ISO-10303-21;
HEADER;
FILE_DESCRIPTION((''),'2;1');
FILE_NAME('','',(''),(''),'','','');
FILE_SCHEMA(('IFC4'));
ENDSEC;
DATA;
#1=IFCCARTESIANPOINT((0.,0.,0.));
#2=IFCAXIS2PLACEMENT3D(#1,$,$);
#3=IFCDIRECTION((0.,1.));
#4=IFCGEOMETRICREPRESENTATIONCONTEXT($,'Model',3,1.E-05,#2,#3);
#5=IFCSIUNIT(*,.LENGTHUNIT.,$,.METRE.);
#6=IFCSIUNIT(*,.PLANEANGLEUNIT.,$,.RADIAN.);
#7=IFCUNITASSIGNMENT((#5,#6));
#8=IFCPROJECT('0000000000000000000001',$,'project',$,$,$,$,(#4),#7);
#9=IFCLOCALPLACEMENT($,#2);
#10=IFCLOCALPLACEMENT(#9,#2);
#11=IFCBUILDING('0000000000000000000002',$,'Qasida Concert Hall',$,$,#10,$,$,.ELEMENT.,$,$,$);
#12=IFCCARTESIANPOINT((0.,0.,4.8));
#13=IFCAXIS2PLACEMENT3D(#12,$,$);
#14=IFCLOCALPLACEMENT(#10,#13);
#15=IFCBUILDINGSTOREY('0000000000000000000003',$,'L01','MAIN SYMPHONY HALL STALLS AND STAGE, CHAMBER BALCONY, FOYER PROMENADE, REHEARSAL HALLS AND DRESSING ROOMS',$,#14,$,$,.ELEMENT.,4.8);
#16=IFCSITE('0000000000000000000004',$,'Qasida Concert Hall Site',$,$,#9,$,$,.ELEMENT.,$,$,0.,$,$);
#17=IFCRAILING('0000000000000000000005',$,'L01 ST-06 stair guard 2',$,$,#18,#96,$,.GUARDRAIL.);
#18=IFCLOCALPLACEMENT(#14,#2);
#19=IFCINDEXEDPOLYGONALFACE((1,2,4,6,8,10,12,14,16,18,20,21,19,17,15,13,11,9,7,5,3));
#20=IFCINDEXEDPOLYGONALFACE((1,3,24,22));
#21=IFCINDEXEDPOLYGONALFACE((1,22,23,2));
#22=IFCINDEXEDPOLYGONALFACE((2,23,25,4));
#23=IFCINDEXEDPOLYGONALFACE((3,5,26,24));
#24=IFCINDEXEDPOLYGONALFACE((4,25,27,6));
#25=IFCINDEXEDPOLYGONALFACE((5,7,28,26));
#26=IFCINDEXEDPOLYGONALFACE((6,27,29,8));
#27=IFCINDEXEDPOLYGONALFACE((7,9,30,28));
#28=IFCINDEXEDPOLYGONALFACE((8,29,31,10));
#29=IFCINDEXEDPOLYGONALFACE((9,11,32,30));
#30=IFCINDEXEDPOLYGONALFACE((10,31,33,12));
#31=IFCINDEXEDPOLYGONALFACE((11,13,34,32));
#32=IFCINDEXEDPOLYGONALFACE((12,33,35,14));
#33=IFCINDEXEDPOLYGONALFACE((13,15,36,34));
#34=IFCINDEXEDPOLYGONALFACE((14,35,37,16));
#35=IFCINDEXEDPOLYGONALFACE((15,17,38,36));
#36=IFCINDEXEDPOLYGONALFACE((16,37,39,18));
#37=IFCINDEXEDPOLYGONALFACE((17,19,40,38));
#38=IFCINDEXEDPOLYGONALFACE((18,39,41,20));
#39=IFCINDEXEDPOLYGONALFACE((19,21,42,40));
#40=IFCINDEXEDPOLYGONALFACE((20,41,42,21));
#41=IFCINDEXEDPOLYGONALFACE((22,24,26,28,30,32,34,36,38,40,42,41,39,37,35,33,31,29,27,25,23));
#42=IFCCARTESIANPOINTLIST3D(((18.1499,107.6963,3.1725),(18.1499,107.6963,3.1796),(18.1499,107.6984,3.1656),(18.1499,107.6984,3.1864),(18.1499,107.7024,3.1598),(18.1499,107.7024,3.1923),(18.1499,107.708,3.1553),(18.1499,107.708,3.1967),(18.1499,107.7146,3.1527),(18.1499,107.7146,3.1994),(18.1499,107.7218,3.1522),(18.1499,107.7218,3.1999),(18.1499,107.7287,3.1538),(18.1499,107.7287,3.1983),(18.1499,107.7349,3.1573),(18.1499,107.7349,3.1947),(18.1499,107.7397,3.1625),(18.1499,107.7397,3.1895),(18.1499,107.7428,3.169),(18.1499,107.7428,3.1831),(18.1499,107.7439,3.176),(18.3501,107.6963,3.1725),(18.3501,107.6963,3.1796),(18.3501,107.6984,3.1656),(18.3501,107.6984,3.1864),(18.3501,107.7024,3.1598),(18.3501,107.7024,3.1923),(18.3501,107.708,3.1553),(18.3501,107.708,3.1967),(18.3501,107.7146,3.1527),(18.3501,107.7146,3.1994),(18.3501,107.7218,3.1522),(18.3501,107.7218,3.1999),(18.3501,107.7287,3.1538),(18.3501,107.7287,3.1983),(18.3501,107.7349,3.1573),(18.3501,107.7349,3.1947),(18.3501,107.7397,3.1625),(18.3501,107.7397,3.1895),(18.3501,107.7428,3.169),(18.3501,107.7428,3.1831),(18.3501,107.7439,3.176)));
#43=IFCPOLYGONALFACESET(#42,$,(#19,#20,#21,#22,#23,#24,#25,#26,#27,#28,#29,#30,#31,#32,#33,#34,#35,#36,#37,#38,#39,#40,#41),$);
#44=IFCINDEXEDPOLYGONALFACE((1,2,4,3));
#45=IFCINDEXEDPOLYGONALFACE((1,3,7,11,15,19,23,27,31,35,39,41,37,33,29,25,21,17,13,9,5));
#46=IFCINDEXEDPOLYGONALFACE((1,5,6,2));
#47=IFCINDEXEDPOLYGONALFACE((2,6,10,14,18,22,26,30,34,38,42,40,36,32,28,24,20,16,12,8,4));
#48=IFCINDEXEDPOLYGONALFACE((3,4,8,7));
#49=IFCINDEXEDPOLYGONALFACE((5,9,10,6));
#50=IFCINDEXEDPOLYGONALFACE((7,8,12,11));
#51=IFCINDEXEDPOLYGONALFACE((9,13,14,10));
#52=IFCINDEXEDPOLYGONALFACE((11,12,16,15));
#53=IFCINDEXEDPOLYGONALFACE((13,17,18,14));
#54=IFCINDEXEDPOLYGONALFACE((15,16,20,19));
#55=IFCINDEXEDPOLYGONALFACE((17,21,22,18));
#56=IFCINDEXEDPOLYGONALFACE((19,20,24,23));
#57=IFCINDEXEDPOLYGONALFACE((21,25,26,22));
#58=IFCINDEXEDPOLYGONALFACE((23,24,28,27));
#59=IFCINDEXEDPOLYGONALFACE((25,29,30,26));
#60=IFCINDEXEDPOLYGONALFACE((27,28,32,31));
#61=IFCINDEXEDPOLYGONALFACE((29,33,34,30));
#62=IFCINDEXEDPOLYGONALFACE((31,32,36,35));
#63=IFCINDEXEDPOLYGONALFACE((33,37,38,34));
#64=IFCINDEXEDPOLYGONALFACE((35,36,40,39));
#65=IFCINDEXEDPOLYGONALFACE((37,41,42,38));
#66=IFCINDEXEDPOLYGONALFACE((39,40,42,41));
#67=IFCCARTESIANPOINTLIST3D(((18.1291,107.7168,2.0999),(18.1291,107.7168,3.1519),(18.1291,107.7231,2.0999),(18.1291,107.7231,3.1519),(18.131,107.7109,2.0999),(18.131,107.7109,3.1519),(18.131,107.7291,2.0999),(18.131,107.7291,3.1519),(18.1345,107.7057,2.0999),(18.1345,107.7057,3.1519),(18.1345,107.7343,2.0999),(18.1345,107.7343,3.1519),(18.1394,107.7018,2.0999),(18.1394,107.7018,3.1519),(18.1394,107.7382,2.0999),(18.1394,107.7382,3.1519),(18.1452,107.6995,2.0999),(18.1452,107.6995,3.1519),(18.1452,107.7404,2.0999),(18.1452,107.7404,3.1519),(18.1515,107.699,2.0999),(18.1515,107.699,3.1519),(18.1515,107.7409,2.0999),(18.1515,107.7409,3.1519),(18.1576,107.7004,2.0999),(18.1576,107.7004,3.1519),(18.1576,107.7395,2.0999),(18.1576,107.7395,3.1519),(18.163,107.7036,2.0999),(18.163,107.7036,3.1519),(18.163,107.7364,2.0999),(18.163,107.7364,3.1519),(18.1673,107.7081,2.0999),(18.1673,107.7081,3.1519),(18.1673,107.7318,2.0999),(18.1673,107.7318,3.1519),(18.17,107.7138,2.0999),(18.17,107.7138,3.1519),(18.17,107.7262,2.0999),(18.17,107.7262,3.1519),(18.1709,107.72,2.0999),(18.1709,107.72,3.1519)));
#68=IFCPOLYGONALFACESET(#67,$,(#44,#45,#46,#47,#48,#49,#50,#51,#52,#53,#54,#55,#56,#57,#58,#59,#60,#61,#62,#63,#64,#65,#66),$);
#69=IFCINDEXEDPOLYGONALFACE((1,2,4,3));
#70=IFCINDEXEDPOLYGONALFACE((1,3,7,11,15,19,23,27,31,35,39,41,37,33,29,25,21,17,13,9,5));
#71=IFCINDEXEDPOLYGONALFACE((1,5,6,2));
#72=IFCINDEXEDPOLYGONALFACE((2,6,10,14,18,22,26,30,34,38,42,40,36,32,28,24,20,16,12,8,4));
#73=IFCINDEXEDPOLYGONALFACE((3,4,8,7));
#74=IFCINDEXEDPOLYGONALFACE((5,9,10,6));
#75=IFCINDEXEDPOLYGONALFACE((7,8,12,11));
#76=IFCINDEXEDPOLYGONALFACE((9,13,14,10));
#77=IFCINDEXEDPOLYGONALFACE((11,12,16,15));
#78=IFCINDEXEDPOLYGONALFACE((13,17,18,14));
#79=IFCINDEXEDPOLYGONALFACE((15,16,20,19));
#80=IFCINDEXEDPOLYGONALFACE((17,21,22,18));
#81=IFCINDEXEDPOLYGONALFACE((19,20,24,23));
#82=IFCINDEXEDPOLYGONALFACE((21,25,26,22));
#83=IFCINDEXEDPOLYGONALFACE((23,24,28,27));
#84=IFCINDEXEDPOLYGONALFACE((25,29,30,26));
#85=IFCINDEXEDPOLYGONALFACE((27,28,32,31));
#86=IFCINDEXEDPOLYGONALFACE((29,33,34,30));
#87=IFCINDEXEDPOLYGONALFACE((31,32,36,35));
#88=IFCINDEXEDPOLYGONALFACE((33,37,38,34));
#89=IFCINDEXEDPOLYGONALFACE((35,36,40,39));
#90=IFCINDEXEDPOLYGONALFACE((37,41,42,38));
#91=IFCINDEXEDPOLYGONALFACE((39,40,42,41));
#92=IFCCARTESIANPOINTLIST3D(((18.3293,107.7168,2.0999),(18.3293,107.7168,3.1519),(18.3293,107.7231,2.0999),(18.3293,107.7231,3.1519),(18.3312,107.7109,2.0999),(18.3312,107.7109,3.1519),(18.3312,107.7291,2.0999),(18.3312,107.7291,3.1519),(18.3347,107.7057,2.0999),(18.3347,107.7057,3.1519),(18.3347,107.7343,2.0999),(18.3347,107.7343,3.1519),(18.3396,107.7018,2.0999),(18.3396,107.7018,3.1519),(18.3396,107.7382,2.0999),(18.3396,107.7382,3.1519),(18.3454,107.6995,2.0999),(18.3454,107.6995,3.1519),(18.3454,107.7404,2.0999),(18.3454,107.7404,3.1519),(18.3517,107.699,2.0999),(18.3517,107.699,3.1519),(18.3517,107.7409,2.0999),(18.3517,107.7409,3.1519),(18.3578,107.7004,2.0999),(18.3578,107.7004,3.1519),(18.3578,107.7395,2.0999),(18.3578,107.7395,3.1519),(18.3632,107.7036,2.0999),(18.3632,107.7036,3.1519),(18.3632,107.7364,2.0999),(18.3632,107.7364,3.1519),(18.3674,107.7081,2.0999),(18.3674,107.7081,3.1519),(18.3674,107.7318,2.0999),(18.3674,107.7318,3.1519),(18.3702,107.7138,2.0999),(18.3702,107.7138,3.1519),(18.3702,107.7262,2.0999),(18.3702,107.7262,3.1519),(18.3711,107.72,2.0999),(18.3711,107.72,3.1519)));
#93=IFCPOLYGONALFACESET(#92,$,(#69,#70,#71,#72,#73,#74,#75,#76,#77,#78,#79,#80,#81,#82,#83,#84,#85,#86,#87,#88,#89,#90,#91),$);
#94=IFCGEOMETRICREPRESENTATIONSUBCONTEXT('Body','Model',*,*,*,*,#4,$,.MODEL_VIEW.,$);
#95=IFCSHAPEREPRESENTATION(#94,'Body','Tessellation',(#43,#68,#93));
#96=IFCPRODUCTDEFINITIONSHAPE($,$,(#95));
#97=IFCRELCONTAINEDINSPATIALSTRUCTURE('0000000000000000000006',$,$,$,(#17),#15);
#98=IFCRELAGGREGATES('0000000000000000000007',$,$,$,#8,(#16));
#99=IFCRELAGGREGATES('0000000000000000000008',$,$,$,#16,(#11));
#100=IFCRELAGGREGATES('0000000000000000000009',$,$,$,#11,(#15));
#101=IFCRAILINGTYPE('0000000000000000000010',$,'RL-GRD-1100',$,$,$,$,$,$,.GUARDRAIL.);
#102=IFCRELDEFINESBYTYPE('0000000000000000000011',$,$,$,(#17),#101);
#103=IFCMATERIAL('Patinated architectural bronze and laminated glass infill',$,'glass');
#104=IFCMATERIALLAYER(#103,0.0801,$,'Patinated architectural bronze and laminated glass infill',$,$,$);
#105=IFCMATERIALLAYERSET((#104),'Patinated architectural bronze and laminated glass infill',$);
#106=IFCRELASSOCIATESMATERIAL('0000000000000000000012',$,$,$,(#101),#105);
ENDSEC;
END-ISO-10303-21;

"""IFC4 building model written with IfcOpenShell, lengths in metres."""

from ifc_helpers import new_model, si_unit, direction, frame, origin, origin_2d, place, context, subcontext, project, spatial, circle, extrude, material, layer, layer_set, type_object, element, save


model = new_model("IFC4")

# Units and contexts
model_context = context("Model", 3, precision=1e-05, world=origin(), true_north=direction((0.0, 1.0)))
body_context = subcontext(model_context, "Body", "Model", "MODEL_VIEW")
ifc_project = project(units=[si_unit("LENGTHUNIT", "METRE"), si_unit("PLANEANGLEUNIT", "RADIAN")], contexts=[model_context])

# Site, building, storey
site_placement = place(None, origin())
site = spatial("IfcSite", under=ifc_project, at=site_placement, Name="Qasida Concert Hall Site", CompositionType="ELEMENT", RefElevation=0.0)
building_placement = place(site_placement, origin())
building = spatial("IfcBuilding", under=site, at=building_placement, Name="Qasida Concert Hall", CompositionType="ELEMENT")
storey_placement = place(building_placement, frame((0.0, 0.0, 4.8)))
storey = spatial("IfcBuildingStorey", under=building, at=storey_placement, Name="L01", Description="MAIN SYMPHONY HALL STALLS AND STAGE, CHAMBER BALCONY, FOYER PROMENADE, REHEARSAL HALLS AND DRESSING ROOMS", CompositionType="ELEMENT", Elevation=4.8)

# Railing
ifc_material_1 = material(Name="Patinated architectural bronze and laminated glass infill", Category="glass")
ifc_layer_1 = layer(ifc_material_1, 0.0801, Name="Patinated architectural bronze and laminated glass infill")
ifc_layer_set_1 = layer_set([ifc_layer_1], Name="Patinated architectural bronze and laminated glass infill")
railing_type_1 = type_object("IfcRailingType", Name="RL-GRD-1100", PredefinedType="GUARDRAIL", material=ifc_layer_set_1)
railing_1_placement = place(storey_placement, frame((18.1499, 107.72, 2.0999)))
element("IfcRailing", 1, at=railing_1_placement, inside=storey, type_object=railing_type_1, Name="L01 ST-06 stair guard 2", PredefinedType="GUARDRAIL", context=body_context, shape_type="SweptSolid", body=[
    extrude(circle(Radius=0.0239, at=origin_2d()), frame((0.0, 0.0, 1.0762), z_axis=(1.0, 0.0, 0.0), x_axis=(0.0, 1.0, 0.0)), (0.0, 0.0, 1.0), 0.2002),
    extrude(circle(Radius=0.021, at=origin_2d()), origin(), (0.0, 0.0, 1.0), 1.052),
    extrude(circle(Radius=0.021, at=origin_2d()), frame((0.2002, 0.0, 0.0)), (0.0, 0.0, 1.0), 1.052),
])

save(model, "model.ifc")
